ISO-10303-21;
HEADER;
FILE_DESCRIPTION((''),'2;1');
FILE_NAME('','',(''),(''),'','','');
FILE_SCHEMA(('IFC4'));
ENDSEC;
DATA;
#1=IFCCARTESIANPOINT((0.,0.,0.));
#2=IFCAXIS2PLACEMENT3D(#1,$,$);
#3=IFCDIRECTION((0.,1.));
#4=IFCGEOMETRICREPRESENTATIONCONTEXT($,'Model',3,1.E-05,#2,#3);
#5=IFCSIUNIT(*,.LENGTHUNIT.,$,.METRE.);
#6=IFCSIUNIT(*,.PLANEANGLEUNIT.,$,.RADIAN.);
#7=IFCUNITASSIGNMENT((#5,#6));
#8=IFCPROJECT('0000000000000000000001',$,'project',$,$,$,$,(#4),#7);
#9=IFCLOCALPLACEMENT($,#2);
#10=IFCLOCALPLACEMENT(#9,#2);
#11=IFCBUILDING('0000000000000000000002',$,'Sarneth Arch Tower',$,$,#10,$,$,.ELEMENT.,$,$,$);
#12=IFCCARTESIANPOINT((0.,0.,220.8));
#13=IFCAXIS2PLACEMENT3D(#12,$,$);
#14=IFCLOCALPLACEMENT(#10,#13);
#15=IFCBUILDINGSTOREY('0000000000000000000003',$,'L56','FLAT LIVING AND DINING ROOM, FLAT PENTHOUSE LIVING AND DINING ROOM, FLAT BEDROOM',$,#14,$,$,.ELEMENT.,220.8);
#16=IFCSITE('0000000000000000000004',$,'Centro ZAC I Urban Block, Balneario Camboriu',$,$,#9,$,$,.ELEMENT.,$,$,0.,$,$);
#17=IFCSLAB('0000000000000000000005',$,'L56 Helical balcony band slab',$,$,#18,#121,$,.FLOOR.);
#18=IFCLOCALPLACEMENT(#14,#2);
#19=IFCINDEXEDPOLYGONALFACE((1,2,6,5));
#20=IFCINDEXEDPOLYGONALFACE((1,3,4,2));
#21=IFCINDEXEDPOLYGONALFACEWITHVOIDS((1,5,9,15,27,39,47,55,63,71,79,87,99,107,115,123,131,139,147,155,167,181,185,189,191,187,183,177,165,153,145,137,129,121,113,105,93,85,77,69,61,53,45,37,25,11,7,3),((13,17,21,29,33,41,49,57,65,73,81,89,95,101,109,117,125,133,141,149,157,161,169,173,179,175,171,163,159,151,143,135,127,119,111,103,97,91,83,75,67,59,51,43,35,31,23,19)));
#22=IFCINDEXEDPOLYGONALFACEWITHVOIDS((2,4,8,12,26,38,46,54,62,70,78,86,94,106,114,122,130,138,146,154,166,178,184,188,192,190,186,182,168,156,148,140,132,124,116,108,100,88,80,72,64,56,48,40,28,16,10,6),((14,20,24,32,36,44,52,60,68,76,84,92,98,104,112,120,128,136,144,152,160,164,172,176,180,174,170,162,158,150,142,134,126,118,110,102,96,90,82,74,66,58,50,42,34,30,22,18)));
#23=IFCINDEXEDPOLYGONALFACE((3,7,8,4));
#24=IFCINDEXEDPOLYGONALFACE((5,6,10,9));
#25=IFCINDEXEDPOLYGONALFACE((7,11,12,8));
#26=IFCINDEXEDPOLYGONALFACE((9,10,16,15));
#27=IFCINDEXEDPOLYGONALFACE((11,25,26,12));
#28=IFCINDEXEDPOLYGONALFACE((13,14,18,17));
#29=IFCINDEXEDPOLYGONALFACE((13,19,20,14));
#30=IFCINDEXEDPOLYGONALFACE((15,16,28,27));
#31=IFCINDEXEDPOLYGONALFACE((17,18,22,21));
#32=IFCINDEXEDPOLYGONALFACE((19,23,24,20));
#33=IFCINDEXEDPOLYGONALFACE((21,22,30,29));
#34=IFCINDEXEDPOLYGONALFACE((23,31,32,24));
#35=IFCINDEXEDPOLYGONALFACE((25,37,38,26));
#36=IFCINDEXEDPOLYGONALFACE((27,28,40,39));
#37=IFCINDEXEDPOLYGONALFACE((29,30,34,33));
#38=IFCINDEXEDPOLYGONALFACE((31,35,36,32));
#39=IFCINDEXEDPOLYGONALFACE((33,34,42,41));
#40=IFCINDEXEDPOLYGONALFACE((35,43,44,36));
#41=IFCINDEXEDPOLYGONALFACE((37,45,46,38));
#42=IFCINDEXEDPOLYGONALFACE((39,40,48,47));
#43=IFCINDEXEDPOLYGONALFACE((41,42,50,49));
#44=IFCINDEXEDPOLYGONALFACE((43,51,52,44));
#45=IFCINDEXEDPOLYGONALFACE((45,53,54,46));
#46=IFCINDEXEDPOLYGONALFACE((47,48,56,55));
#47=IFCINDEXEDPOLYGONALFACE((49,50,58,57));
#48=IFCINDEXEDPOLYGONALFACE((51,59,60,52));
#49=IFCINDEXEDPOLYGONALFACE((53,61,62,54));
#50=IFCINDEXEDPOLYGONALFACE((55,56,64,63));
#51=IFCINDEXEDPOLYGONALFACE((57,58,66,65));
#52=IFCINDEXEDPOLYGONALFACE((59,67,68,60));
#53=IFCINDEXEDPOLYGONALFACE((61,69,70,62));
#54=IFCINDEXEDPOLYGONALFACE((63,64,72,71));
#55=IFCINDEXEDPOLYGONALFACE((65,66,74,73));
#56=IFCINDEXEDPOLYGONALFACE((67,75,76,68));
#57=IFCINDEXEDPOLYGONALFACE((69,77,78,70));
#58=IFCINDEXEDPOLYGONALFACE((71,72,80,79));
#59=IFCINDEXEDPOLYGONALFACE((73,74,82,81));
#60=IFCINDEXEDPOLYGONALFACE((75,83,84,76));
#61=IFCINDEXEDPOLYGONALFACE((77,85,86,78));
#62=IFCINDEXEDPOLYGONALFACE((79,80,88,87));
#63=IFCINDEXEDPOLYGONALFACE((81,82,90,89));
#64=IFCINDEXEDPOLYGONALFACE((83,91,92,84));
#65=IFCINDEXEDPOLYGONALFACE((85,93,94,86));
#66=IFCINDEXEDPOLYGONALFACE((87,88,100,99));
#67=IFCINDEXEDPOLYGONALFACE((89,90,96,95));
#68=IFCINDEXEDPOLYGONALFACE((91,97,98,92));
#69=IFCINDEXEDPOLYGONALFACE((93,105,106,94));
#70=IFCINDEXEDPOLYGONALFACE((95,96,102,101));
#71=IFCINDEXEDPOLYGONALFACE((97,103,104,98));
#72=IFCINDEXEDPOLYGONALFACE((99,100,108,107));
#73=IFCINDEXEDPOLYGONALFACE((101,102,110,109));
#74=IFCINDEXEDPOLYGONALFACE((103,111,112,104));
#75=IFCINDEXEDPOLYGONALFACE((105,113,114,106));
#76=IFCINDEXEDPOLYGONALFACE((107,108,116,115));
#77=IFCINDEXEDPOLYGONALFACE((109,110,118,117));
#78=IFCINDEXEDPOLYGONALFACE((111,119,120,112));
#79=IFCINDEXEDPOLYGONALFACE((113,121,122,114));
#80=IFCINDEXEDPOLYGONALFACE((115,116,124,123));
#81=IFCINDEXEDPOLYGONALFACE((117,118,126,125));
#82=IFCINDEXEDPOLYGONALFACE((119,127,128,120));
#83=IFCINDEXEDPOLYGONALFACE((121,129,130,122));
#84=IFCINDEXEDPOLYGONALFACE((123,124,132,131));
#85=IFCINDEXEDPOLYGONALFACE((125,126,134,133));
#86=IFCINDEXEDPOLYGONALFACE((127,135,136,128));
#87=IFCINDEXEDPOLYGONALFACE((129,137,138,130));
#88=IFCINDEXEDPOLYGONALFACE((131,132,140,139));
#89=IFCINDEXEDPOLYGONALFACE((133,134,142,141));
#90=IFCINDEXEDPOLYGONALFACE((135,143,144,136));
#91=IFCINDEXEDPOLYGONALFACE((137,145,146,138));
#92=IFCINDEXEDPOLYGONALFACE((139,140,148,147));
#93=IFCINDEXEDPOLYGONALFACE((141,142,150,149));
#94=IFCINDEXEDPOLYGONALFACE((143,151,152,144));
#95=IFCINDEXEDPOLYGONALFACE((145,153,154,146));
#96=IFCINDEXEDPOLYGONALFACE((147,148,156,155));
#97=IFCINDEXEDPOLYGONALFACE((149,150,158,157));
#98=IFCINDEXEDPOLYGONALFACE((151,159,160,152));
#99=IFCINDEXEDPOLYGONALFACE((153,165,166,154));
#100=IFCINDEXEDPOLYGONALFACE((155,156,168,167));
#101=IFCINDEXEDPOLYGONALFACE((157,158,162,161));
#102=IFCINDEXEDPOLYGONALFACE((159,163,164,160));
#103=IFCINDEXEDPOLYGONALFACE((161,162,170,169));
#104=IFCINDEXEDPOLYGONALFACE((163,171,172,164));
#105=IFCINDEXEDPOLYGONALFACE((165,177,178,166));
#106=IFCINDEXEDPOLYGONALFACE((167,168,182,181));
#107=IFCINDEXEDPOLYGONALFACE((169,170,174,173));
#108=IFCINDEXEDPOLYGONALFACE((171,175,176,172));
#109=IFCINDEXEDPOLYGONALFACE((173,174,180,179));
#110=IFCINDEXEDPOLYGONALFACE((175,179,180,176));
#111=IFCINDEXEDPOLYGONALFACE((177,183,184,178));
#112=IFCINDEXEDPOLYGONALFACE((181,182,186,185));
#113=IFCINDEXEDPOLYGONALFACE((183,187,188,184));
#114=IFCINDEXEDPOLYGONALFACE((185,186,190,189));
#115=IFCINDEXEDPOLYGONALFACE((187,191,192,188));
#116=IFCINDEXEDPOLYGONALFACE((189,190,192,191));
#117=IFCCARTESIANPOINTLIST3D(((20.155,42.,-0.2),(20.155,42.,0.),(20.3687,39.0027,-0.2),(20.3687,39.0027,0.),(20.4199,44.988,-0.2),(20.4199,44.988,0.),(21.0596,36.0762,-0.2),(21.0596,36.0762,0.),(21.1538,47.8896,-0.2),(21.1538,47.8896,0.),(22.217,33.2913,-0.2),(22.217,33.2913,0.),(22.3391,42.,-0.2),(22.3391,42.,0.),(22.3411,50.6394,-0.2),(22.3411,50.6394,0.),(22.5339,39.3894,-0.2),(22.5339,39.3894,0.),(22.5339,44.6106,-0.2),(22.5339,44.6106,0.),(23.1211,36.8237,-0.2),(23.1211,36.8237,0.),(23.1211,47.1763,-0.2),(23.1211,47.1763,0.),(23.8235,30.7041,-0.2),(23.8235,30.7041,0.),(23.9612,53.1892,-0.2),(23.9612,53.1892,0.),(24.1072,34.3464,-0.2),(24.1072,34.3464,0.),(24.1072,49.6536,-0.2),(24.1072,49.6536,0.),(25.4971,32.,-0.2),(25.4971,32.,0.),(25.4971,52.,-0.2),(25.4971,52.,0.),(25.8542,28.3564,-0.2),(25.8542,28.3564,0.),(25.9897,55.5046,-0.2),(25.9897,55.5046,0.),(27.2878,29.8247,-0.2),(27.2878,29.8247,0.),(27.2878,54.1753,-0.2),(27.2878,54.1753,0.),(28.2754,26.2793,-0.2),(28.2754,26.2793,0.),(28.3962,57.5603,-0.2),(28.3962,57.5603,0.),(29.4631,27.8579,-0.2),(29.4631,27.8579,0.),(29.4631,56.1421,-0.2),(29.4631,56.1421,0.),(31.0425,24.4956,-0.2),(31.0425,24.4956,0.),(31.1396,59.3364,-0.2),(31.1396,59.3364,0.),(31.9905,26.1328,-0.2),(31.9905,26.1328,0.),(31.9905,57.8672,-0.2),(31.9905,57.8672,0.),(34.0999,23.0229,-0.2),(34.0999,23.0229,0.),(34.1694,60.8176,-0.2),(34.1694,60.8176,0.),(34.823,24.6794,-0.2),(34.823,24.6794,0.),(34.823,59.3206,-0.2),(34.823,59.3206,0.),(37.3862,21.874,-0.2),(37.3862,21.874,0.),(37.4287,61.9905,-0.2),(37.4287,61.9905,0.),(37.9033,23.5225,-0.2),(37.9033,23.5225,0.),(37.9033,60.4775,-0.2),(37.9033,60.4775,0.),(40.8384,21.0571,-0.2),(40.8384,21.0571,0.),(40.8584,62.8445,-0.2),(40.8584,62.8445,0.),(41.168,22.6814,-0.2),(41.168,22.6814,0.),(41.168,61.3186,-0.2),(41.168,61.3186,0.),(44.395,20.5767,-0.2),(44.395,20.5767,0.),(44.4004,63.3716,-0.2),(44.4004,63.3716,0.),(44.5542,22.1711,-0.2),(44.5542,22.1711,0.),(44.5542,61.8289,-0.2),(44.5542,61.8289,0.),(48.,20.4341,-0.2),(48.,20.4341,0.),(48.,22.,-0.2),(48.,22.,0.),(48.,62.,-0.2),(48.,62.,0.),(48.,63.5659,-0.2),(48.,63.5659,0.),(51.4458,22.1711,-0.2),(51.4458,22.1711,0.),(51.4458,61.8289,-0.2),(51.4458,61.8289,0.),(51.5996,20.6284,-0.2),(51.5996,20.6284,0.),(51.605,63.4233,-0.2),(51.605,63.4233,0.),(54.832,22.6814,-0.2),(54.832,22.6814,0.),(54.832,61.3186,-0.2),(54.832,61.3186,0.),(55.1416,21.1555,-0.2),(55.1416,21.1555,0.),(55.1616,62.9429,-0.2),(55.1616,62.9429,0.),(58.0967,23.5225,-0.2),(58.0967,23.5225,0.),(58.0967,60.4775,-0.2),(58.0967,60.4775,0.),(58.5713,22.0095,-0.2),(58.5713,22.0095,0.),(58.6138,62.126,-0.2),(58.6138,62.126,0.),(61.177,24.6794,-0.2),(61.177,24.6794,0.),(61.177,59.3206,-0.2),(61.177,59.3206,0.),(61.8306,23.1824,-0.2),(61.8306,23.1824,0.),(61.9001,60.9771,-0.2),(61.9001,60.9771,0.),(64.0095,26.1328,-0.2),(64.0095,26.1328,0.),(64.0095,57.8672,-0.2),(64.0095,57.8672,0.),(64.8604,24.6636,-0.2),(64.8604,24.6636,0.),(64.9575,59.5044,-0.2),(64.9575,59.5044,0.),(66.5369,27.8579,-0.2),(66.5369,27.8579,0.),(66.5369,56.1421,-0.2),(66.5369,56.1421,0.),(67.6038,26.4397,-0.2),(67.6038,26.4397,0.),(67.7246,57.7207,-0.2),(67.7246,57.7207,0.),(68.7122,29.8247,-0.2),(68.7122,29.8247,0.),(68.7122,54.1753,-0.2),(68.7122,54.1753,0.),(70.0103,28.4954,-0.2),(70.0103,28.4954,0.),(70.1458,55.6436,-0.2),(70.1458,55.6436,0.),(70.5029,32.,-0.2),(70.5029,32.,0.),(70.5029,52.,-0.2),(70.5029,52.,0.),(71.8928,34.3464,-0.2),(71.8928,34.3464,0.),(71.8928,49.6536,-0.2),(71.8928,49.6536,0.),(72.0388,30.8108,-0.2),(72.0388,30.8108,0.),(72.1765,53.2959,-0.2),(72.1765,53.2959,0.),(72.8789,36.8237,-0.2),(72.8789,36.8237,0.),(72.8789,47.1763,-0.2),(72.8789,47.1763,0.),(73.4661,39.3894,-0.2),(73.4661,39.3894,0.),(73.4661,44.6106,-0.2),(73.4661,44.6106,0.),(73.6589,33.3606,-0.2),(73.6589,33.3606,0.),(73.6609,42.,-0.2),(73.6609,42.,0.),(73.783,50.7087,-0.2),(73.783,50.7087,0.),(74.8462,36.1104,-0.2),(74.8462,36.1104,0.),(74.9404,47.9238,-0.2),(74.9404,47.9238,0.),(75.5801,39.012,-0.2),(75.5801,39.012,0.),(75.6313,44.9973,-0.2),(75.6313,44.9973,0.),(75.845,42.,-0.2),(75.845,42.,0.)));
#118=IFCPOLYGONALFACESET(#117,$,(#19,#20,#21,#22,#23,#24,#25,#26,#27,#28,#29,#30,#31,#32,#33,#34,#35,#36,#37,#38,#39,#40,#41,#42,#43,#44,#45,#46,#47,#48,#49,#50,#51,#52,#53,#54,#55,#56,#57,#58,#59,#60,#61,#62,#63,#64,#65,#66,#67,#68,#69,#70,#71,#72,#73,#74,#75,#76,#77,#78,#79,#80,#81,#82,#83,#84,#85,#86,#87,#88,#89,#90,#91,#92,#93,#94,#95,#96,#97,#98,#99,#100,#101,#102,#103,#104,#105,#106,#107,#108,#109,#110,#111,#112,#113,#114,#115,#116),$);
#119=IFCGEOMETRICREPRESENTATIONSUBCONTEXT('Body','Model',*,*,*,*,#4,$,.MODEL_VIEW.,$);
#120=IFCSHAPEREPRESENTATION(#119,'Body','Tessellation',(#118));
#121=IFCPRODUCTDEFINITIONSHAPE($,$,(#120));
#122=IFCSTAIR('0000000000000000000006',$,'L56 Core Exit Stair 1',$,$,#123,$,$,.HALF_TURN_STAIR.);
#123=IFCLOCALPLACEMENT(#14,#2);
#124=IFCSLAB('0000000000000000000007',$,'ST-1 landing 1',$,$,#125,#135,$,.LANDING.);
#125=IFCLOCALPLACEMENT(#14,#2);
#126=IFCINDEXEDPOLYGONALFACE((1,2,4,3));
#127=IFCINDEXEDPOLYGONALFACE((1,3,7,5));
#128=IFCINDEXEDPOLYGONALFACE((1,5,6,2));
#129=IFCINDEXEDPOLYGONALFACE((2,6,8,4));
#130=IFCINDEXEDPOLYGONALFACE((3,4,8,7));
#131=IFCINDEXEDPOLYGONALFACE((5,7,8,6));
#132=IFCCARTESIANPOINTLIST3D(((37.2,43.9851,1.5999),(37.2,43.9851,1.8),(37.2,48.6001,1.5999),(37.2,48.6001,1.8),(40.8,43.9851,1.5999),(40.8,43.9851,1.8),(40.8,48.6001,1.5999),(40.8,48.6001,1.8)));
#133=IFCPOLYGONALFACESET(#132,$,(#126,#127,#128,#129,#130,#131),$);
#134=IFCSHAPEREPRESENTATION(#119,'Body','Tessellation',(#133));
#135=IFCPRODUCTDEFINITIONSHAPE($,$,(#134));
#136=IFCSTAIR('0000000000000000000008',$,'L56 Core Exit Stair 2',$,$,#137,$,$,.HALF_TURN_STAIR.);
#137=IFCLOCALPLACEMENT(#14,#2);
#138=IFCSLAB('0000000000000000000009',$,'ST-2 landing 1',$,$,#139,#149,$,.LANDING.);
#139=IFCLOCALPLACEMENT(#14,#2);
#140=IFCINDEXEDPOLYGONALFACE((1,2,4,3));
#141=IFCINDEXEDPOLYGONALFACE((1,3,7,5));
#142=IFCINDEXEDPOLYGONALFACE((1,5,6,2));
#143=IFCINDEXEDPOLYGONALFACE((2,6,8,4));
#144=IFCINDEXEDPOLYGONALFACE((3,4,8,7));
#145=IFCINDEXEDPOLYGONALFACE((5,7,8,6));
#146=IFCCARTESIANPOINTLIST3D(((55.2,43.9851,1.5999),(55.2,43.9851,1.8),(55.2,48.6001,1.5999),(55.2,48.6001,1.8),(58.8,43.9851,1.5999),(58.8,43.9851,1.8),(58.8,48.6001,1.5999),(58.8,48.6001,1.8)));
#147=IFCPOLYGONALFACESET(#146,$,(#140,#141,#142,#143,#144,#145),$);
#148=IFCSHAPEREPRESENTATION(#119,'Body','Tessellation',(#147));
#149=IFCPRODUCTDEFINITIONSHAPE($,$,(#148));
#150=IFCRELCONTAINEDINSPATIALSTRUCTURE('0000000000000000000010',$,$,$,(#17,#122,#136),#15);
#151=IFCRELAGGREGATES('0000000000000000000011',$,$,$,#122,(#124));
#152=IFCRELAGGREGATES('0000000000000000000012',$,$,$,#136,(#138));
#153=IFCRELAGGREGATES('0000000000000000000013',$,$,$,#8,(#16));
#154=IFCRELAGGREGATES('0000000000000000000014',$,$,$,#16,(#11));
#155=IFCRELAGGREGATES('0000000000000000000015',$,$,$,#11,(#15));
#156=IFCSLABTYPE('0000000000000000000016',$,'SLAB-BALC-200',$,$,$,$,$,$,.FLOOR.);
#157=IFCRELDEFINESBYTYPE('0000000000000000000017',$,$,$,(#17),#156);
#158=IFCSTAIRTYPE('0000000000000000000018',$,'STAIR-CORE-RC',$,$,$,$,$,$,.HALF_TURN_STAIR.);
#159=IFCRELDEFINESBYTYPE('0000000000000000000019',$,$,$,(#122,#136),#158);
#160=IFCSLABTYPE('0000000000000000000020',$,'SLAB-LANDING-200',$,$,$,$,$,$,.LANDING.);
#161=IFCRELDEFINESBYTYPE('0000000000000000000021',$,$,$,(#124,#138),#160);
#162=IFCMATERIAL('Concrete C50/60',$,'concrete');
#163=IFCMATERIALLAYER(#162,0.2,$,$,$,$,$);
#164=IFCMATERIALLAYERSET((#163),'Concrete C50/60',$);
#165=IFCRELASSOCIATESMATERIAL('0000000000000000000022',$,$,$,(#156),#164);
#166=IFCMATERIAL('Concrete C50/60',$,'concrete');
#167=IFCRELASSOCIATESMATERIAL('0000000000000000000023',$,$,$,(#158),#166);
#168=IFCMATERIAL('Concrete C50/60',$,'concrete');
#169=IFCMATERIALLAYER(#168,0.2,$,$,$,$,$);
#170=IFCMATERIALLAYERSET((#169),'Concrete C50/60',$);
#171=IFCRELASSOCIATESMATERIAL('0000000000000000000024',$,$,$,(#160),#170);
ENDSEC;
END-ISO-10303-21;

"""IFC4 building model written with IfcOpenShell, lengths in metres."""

from ifc_helpers import new_model, si_unit, direction, frame, origin, place, context, subcontext, project, spatial, polyline, outline, extrude, material, layer, layer_set, type_object, element, aggregate, save


model = new_model("IFC4")

# Units and contexts
model_context = context("Model", 3, precision=1e-05, world=origin(), true_north=direction((0.0, 1.0)))
body_context = subcontext(model_context, "Body", "Model", "MODEL_VIEW")
ifc_project = project(units=[si_unit("LENGTHUNIT", "METRE"), si_unit("PLANEANGLEUNIT", "RADIAN")], contexts=[model_context])

# Site, building, storey
site_placement = place(None, origin())
site = spatial("IfcSite", under=ifc_project, at=site_placement, Name="Centro ZAC I Urban Block, Balneario Camboriu", CompositionType="ELEMENT", RefElevation=0.0)
building_placement = place(site_placement, origin())
building = spatial("IfcBuilding", under=site, at=building_placement, Name="Sarneth Arch Tower", CompositionType="ELEMENT")
storey_placement = place(building_placement, frame((0.0, 0.0, 220.8)))
storey = spatial("IfcBuildingStorey", under=building, at=storey_placement, Name="L56", Description="FLAT LIVING AND DINING ROOM, FLAT PENTHOUSE LIVING AND DINING ROOM, FLAT BEDROOM", CompositionType="ELEMENT", Elevation=220.8)

# Slab
ifc_material_1 = material(Name="Concrete C50/60", Category="concrete")
ifc_layer_1 = layer(ifc_material_1, 0.2)
ifc_layer_set_1 = layer_set([ifc_layer_1], Name="Concrete C50/60")
slab_type_1 = type_object("IfcSlabType", Name="SLAB-BALC-200", PredefinedType="FLOOR", material=ifc_layer_set_1)
slab_1_placement = place(storey_placement, frame((0.0, 0.0, -0.2)))
element("IfcSlab", 1, at=slab_1_placement, inside=storey, type_object=slab_type_1, Name="L56 Helical balcony band slab", PredefinedType="FLOOR", context=body_context, shape_type="SweptSolid", body=[
    extrude(outline(polyline([(75.845, 42.0), (75.6313, 44.9973), (74.9404, 47.9238), (73.783, 50.7087), (72.1765, 53.2959), (70.1458, 55.6436), (67.7246, 57.7207), (64.9575, 59.5044), (61.9001, 60.9771), (58.6138, 62.126), (55.1616, 62.9429), (51.605, 63.4233), (48.0, 63.5659), (44.4004, 63.3716), (40.8584, 62.8445), (37.4287, 61.9905), (34.1694, 60.8176), (31.1396, 59.3364), (28.3962, 57.5603), (25.9897, 55.5046), (23.9612, 53.1892), (22.3411, 50.6394), (21.1538, 47.8896), (20.4199, 44.988), (20.155, 42.0), (20.3687, 39.0027), (21.0596, 36.0762), (22.217, 33.2913), (23.8235, 30.7041), (25.8542, 28.3564), (28.2754, 26.2793), (31.0425, 24.4956), (34.0999, 23.0229), (37.3862, 21.874), (40.8384, 21.0571), (44.395, 20.5767), (48.0, 20.4341), (51.5996, 20.6284), (55.1416, 21.1555), (58.5713, 22.0095), (61.8306, 23.1824), (64.8604, 24.6636), (67.6038, 26.4397), (70.0103, 28.4954), (72.0388, 30.8108), (73.6589, 33.3606), (74.8462, 36.1104), (75.5801, 39.012), (75.845, 42.0)]), holes=[polyline([(73.6609, 42.0), (73.4661, 44.6106), (72.8789, 47.1763), (71.8928, 49.6536), (70.5029, 52.0), (68.7122, 54.1753), (66.5369, 56.1421), (64.0095, 57.8672), (61.177, 59.3206), (58.0967, 60.4775), (54.832, 61.3186), (51.4458, 61.8289), (48.0, 62.0), (44.5542, 61.8289), (41.168, 61.3186), (37.9033, 60.4775), (34.823, 59.3206), (31.9905, 57.8672), (29.4631, 56.1421), (27.2878, 54.1753), (25.4971, 52.0), (24.1072, 49.6536), (23.1211, 47.1763), (22.5339, 44.6106), (22.3391, 42.0), (22.5339, 39.3894), (23.1211, 36.8237), (24.1072, 34.3464), (25.4971, 32.0), (27.2878, 29.8247), (29.4631, 27.8579), (31.9905, 26.1328), (34.823, 24.6794), (37.9033, 23.5225), (41.168, 22.6814), (44.5542, 22.1711), (48.0, 22.0), (51.4458, 22.1711), (54.832, 22.6814), (58.0967, 23.5225), (61.177, 24.6794), (64.0095, 26.1328), (66.5369, 27.8579), (68.7122, 29.8247), (70.5029, 32.0), (71.8928, 34.3464), (72.8789, 36.8237), (73.4661, 39.3894), (73.6609, 42.0)])]), origin(), (0.0, 0.0, 1.0), 0.2),
])

# Stairs, slabs
ifc_material_2 = material(Name="Concrete C50/60", Category="concrete")
stair_type = type_object("IfcStairType", Name="STAIR-CORE-RC", PredefinedType="HALF_TURN_STAIR", material=ifc_material_2)
stair_1_placement = place(storey_placement, origin())
stair_1 = element("IfcStair", 2, at=stair_1_placement, inside=storey, type_object=stair_type, Name="L56 Core Exit Stair 1", PredefinedType="HALF_TURN_STAIR")
ifc_material_3 = material(Name="Concrete C50/60", Category="concrete")
ifc_layer_2 = layer(ifc_material_3, 0.2)
ifc_layer_set_2 = layer_set([ifc_layer_2], Name="Concrete C50/60")
slab_type_2 = type_object("IfcSlabType", Name="SLAB-LANDING-200", PredefinedType="LANDING", material=ifc_layer_set_2)
slab_2_placement = place(storey_placement, frame((0.0, 0.0, 1.5999)))
slab_2 = element("IfcSlab", 3, at=slab_2_placement, type_object=slab_type_2, Name="ST-1 landing 1", PredefinedType="LANDING", context=body_context, shape_type="SweptSolid", body=[
    extrude(outline(polyline([(37.2, 43.9851), (40.8, 43.9851), (40.8, 48.6001), (37.2, 48.6001), (37.2, 43.9851)])), origin(), (0.0, 0.0, 1.0), 0.2002),
])
aggregate(stair_1, [slab_2])
stair_2_placement = place(storey_placement, origin())
stair_2 = element("IfcStair", 4, at=stair_2_placement, inside=storey, type_object=stair_type, Name="L56 Core Exit Stair 2", PredefinedType="HALF_TURN_STAIR")
slab_3_placement = place(storey_placement, frame((0.0, 0.0, 1.5999)))
slab_3 = element("IfcSlab", 5, at=slab_3_placement, type_object=slab_type_2, Name="ST-2 landing 1", PredefinedType="LANDING", context=body_context, shape_type="SweptSolid", body=[
    extrude(outline(polyline([(55.2, 43.9851), (58.8, 43.9851), (58.8, 48.6001), (55.2, 48.6001), (55.2, 43.9851)])), origin(), (0.0, 0.0, 1.0), 0.2002),
])
aggregate(stair_2, [slab_3])

save(model, "model.ifc")
